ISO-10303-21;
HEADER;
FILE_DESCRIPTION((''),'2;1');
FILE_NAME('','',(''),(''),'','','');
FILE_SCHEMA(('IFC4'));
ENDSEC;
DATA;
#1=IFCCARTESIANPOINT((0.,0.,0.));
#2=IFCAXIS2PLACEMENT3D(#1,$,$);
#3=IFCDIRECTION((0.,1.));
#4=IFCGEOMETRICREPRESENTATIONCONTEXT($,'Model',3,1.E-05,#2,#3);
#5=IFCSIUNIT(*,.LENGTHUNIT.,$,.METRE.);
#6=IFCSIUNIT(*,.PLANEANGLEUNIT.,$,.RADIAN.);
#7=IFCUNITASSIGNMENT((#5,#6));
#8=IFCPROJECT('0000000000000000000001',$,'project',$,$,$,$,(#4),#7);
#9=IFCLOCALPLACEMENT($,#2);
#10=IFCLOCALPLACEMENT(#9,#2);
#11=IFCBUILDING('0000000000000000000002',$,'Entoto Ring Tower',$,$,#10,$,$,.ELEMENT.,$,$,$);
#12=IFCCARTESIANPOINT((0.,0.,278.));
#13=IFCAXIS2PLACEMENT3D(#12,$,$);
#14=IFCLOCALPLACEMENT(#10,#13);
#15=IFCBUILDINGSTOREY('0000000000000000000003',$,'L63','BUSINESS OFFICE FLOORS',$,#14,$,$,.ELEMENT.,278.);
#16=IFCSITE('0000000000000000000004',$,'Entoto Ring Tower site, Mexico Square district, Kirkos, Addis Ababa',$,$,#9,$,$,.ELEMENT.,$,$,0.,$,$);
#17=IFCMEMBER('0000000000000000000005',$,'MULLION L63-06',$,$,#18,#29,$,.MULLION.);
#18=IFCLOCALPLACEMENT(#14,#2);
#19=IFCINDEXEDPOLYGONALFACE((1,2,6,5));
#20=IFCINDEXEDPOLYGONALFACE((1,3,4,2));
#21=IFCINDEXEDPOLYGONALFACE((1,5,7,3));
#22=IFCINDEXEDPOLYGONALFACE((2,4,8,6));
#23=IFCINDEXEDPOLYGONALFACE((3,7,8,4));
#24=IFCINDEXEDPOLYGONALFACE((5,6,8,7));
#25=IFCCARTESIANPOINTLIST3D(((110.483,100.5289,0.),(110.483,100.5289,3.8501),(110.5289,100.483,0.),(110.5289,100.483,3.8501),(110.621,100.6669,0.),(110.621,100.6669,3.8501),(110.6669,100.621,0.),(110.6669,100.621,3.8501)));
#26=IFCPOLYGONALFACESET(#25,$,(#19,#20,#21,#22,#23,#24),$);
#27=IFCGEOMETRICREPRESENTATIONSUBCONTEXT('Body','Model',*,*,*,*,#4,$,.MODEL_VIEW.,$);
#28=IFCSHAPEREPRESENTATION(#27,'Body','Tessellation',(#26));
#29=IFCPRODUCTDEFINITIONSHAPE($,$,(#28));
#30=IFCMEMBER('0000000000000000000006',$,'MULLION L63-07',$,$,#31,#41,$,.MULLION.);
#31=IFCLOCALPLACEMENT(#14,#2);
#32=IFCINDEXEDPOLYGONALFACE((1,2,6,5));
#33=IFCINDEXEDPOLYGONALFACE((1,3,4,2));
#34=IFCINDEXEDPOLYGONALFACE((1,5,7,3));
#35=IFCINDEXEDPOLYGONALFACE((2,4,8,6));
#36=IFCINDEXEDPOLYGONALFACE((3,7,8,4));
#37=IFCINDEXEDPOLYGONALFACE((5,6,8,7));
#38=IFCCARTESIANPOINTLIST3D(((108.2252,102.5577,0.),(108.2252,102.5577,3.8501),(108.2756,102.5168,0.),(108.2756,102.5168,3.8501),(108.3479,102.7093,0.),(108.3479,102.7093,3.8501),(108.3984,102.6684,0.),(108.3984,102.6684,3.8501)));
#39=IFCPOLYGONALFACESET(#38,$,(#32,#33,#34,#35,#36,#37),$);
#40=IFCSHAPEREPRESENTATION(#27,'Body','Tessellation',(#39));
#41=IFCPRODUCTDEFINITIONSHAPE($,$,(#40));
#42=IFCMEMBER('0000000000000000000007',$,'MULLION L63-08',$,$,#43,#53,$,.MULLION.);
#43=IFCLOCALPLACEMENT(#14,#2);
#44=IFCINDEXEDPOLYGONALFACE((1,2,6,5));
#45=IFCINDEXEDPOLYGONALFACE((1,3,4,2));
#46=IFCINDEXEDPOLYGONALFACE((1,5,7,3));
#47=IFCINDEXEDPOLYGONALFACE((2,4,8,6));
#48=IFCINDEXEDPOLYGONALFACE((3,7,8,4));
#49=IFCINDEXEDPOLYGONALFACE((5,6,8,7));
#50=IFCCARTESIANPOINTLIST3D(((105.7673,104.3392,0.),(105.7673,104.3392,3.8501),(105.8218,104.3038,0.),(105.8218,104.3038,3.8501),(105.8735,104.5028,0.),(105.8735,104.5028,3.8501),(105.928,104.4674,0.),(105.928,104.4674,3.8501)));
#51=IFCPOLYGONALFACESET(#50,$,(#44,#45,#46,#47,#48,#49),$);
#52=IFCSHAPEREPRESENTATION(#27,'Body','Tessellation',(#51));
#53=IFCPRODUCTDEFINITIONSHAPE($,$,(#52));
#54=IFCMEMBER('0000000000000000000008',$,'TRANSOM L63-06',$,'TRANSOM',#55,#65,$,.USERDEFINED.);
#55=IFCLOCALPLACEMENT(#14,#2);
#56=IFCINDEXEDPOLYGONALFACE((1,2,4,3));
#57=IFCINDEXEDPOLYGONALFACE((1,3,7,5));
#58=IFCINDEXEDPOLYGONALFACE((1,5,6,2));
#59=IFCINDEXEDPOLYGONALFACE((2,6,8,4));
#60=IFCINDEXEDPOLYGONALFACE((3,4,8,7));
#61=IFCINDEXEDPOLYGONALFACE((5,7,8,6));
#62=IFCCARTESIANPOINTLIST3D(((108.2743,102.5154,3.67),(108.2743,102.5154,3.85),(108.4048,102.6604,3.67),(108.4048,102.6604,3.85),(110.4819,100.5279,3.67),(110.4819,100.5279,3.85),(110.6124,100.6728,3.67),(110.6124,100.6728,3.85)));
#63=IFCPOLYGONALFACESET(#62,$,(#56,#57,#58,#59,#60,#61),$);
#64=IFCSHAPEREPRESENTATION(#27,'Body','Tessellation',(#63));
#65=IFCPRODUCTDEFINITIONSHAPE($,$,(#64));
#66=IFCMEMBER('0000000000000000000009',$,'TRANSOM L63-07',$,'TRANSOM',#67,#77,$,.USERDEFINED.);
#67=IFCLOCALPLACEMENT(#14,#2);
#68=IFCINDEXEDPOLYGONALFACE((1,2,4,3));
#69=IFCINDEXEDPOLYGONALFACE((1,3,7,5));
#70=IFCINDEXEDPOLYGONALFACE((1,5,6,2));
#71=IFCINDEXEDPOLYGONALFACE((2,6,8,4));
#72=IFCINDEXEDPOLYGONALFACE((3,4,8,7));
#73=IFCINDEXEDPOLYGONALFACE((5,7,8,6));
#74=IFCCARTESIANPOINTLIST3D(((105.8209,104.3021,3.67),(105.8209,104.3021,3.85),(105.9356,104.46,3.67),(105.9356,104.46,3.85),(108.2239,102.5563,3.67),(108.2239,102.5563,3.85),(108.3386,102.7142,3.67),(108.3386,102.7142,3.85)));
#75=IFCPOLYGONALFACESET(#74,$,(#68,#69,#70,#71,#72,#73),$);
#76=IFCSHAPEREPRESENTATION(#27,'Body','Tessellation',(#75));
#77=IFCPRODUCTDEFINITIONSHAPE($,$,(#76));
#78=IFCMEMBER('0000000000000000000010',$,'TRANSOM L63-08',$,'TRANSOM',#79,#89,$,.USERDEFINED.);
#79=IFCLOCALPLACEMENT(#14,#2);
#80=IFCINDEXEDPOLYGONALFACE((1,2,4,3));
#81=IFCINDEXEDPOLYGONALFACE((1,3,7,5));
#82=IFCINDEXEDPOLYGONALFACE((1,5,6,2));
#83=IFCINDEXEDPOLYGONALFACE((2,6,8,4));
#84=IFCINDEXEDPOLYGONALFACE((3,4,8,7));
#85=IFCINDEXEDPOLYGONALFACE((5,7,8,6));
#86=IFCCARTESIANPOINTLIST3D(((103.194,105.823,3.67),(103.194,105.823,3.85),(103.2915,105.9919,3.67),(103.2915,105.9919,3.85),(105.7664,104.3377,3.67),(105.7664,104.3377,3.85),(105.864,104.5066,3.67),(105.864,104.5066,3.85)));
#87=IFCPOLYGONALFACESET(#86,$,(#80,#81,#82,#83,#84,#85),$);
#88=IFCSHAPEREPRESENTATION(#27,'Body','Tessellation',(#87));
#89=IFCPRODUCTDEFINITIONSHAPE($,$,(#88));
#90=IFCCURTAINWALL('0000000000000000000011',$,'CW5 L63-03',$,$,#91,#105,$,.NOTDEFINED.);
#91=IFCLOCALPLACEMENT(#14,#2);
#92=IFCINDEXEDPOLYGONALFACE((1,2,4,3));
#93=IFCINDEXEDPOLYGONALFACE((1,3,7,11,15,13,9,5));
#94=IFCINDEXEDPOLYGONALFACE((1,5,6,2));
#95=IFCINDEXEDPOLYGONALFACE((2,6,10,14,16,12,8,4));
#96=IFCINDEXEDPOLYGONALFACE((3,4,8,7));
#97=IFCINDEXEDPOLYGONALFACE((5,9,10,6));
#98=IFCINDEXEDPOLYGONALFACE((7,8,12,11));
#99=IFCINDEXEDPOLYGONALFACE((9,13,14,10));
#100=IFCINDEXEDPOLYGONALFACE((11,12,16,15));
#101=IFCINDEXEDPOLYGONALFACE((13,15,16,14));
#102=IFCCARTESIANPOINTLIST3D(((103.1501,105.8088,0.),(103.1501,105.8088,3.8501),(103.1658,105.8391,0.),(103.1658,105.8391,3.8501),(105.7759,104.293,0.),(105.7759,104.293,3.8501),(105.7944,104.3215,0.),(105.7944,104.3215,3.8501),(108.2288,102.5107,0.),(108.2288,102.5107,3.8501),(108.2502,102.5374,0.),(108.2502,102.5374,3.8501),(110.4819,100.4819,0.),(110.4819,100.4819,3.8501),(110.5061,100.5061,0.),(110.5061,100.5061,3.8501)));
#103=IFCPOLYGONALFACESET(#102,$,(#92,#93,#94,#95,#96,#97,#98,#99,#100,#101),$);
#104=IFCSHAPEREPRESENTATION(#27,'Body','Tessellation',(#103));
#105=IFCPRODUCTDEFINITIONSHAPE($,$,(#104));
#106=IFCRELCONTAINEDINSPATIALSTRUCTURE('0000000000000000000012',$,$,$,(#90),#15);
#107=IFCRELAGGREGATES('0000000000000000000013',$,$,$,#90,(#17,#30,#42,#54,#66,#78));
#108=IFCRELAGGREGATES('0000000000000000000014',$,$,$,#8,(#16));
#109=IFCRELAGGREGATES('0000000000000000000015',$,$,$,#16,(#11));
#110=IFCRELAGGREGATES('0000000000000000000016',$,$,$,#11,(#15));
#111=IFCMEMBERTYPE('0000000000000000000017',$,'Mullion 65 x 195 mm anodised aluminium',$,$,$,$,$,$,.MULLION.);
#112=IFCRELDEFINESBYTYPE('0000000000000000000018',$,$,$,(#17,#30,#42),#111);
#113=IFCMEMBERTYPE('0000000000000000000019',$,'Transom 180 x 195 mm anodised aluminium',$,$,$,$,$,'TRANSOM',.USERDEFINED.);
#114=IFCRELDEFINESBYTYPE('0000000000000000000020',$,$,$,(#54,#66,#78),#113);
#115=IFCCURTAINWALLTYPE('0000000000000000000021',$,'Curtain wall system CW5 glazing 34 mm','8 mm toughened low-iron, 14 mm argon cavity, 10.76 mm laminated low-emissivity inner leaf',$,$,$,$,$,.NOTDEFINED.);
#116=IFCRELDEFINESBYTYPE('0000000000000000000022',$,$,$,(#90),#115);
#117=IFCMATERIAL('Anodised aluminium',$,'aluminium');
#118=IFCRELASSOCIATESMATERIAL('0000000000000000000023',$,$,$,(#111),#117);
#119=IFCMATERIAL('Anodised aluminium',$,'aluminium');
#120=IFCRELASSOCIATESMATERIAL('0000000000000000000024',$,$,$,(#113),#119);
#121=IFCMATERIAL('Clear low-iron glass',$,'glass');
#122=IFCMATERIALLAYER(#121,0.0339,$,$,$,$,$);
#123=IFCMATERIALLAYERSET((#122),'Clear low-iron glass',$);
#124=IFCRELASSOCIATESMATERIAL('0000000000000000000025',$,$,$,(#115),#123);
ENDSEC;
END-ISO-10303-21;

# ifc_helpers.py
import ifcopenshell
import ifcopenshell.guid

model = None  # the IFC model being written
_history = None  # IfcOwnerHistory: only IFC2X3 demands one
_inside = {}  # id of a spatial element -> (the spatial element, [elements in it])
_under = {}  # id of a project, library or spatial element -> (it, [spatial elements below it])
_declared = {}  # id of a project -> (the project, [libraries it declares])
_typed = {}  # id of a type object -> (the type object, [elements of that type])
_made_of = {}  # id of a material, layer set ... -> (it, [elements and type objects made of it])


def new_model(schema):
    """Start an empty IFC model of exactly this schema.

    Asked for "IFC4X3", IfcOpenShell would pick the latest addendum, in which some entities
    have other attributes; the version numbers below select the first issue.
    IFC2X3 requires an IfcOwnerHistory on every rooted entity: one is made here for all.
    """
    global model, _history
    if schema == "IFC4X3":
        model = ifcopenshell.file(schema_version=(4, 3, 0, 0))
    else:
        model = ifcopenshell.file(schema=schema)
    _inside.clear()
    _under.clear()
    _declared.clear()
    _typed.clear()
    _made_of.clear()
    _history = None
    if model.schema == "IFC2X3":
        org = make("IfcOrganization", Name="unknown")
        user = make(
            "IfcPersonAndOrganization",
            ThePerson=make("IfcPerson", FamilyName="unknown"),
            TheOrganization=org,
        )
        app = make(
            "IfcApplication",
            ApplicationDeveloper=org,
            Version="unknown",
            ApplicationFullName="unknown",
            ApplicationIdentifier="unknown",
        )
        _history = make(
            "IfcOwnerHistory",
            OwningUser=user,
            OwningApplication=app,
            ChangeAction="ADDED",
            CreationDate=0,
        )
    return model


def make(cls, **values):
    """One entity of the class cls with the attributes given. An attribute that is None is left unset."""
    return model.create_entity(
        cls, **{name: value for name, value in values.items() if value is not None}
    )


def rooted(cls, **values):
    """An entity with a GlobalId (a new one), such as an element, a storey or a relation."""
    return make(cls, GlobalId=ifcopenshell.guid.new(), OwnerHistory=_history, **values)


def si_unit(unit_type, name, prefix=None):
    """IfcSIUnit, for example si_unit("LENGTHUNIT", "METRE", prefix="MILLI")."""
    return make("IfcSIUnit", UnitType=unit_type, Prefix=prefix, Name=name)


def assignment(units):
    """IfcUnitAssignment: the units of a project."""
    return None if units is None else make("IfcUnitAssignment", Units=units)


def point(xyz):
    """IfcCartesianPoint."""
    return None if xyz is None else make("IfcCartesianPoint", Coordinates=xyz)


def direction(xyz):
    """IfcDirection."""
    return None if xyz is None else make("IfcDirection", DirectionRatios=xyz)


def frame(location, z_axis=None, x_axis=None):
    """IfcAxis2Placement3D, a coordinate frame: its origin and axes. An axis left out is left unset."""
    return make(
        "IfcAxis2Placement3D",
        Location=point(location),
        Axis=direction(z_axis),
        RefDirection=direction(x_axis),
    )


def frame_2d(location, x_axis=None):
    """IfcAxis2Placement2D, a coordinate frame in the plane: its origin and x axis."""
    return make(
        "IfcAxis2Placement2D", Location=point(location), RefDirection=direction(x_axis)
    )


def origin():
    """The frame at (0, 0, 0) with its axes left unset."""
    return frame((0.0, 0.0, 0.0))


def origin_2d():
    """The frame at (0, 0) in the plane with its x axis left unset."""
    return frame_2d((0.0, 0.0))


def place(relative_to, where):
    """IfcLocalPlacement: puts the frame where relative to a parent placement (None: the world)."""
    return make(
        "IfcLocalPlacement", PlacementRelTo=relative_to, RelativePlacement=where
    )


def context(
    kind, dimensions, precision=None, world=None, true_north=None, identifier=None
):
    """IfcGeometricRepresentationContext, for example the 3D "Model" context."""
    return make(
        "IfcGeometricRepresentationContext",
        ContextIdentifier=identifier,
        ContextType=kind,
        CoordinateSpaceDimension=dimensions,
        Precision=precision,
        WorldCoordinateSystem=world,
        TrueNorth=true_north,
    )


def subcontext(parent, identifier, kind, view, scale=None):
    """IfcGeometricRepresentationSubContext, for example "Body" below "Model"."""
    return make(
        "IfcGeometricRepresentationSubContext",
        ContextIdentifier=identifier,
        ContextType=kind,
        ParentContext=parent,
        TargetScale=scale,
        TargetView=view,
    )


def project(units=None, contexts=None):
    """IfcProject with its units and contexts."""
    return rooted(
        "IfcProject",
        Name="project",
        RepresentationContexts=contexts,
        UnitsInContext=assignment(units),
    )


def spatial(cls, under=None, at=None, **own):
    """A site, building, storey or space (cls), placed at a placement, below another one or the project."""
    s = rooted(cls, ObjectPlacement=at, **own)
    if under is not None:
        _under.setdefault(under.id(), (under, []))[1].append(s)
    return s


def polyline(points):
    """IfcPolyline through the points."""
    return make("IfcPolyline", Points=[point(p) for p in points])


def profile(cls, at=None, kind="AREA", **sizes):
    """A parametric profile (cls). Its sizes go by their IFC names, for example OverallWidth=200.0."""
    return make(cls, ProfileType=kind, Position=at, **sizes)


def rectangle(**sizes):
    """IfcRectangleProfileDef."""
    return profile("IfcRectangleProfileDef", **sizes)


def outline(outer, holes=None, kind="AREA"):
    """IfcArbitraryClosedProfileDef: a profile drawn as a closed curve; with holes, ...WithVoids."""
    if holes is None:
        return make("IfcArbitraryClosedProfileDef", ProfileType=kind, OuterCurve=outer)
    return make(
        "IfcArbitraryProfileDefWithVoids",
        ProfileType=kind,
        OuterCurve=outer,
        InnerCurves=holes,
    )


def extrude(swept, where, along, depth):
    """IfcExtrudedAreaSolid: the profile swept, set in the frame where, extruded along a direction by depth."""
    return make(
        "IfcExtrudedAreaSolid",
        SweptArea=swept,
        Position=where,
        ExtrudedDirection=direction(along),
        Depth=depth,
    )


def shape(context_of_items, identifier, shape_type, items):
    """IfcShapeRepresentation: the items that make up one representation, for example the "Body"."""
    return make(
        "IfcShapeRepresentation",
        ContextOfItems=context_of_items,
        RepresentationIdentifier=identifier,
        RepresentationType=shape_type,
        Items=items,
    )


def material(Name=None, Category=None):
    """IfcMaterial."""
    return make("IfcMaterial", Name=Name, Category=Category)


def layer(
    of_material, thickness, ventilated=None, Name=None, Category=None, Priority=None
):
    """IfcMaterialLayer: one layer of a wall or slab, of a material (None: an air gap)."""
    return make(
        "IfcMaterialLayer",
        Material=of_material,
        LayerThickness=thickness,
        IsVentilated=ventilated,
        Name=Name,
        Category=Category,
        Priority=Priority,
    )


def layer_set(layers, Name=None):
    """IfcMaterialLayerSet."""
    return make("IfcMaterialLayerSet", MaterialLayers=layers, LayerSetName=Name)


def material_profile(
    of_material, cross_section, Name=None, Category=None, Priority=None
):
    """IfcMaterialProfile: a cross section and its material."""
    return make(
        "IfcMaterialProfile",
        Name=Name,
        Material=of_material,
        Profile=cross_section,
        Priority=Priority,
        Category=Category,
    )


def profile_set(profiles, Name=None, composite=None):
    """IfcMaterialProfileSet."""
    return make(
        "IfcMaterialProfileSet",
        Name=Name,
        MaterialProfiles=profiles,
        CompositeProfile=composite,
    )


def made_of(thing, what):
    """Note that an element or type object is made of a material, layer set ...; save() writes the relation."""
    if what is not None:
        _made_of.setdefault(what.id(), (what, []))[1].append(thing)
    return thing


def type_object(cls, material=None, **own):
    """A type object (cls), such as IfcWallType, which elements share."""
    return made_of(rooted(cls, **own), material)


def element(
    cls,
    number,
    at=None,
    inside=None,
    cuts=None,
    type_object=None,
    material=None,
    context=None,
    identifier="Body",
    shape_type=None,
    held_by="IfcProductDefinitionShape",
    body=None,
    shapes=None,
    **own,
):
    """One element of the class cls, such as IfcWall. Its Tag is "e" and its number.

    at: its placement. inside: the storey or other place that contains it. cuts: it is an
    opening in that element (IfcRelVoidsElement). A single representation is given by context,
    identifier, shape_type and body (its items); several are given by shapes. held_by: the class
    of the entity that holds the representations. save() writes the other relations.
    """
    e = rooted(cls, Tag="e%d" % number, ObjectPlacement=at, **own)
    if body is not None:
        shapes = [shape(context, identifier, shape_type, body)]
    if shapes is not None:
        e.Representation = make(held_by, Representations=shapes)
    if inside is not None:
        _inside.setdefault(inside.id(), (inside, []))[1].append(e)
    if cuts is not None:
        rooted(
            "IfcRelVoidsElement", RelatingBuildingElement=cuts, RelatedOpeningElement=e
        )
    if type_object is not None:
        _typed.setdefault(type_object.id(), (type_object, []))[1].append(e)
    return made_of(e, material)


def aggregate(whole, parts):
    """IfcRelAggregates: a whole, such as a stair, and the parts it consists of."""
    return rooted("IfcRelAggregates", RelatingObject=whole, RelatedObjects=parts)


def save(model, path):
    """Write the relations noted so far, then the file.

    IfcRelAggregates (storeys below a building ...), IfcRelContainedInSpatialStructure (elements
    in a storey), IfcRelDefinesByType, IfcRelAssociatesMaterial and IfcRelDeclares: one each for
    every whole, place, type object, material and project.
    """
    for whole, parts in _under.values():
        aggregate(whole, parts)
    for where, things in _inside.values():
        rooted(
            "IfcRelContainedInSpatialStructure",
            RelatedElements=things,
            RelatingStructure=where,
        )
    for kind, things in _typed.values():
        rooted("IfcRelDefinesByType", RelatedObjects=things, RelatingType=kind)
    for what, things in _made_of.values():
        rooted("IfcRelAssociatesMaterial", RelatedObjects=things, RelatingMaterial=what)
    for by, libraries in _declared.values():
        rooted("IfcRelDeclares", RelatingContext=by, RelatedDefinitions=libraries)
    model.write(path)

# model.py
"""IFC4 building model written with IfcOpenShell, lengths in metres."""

from ifc_helpers import new_model, si_unit, direction, frame, origin, origin_2d, place, context, subcontext, project, spatial, polyline, rectangle, outline, extrude, material, layer, layer_set, material_profile, profile_set, type_object, element, aggregate, save


model = new_model("IFC4")

# Units and contexts
model_context = context("Model", 3, precision=1e-05, world=origin(), true_north=direction((0.0, 1.0)))
body_context = subcontext(model_context, "Body", "Model", "MODEL_VIEW")
ifc_project = project(units=[si_unit("LENGTHUNIT", "METRE"), si_unit("PLANEANGLEUNIT", "RADIAN")], contexts=[model_context])

# Members
ifc_material_1 = material(Name="Anodised aluminium", Category="aluminium")
ifc_material_profile_1 = material_profile(ifc_material_1, rectangle(XDim=0.0649, YDim=0.1951, at=origin_2d()), Name="Mullion 65 x 195 mm anodised aluminium")
ifc_profile_set_1 = profile_set([ifc_material_profile_1], Name="Anodised aluminium")
member_type_1 = type_object("IfcMemberType", Name="Mullion 65 x 195 mm anodised aluminium", PredefinedType="MULLION", material=ifc_profile_set_1)
site_placement = place(None, origin())
building_placement = place(site_placement, origin())
storey_placement = place(building_placement, frame((0.0, 0.0, 278.0)))
member_1_placement = place(storey_placement, frame((110.575, 100.575, 0.0), z_axis=(0.0, 0.0, 1.0), x_axis=(-0.707107, 0.707107, 0.0)))
member_1 = element("IfcMember", 1, at=member_1_placement, type_object=member_type_1, Name="MULLION L63-06", PredefinedType="MULLION", context=body_context, shape_type="SweptSolid", body=[
    extrude(rectangle(XDim=0.0649, YDim=0.1951, at=origin_2d()), origin(), (0.0, 0.0, 1.0), 3.8501),
])
member_2_placement = place(storey_placement, frame((108.3118, 102.613, 0.0), z_axis=(0.0, 0.0, 1.0), x_axis=(-0.777146, 0.62932, 0.0)))
member_2 = element("IfcMember", 2, at=member_2_placement, type_object=member_type_1, Name="MULLION L63-07", PredefinedType="MULLION", context=body_context, shape_type="SweptSolid", body=[
    extrude(rectangle(XDim=0.0649, YDim=0.1951, at=origin_2d()), origin(), (0.0, 0.0, 1.0), 3.8501),
])
member_3_placement = place(storey_placement, frame((105.8477, 104.4033, 0.0), z_axis=(0.0, 0.0, 1.0), x_axis=(-0.838671, 0.544639, 0.0)))
member_3 = element("IfcMember", 3, at=member_3_placement, type_object=member_type_1, Name="MULLION L63-08", PredefinedType="MULLION", context=body_context, shape_type="SweptSolid", body=[
    extrude(rectangle(XDim=0.0649, YDim=0.1951, at=origin_2d()), origin(), (0.0, 0.0, 1.0), 3.8501),
])
ifc_material_2 = material(Name="Anodised aluminium", Category="aluminium")
ifc_material_profile_2 = material_profile(ifc_material_2, rectangle(XDim=0.1951, YDim=0.1799, at=origin_2d()), Name="Transom 180 x 195 mm anodised aluminium")
ifc_profile_set_2 = profile_set([ifc_material_profile_2], Name="Anodised aluminium")
member_type_2 = type_object("IfcMemberType", Name="Transom 180 x 195 mm anodised aluminium", ElementType="TRANSOM", PredefinedType="USERDEFINED", material=ifc_profile_set_2)
member_4_placement = place(storey_placement, frame((110.5471, 100.6003, 3.76), z_axis=(-0.743163, 0.66911, 0.0), x_axis=(-0.66911, -0.743163, 0.0)))
member_4 = element("IfcMember", 4, at=member_4_placement, type_object=member_type_2, Name="TRANSOM L63-06", ObjectType="TRANSOM", PredefinedType="USERDEFINED", context=body_context, shape_type="SweptSolid", body=[
    extrude(rectangle(XDim=0.1951, YDim=0.1799, at=origin_2d()), origin(), (0.0, 0.0, 1.0), 2.9705),
])
member_5_placement = place(storey_placement, frame((108.2812, 102.6353, 3.76), z_axis=(-0.809031, 0.587766, 0.0), x_axis=(-0.587766, -0.809031, 0.0)))
member_5 = element("IfcMember", 5, at=member_5_placement, type_object=member_type_2, Name="TRANSOM L63-07", ObjectType="TRANSOM", PredefinedType="USERDEFINED", context=body_context, shape_type="SweptSolid", body=[
    extrude(rectangle(XDim=0.1951, YDim=0.1799, at=origin_2d()), origin(), (0.0, 0.0, 1.0), 2.9702),
])
member_6_placement = place(storey_placement, frame((105.8152, 104.4221, 3.76), z_axis=(-0.866009, 0.500028, 0.0), x_axis=(-0.500028, -0.866009, 0.0)))
member_6 = element("IfcMember", 6, at=member_6_placement, type_object=member_type_2, Name="TRANSOM L63-08", ObjectType="TRANSOM", PredefinedType="USERDEFINED", context=body_context, shape_type="SweptSolid", body=[
    extrude(rectangle(XDim=0.1951, YDim=0.1799, at=origin_2d()), origin(), (0.0, 0.0, 1.0), 2.9705),
])

# Site, building, storey
site = spatial("IfcSite", under=ifc_project, at=site_placement, Name="Entoto Ring Tower site, Mexico Square district, Kirkos, Addis Ababa", CompositionType="ELEMENT", RefElevation=0.0)
building = spatial("IfcBuilding", under=site, at=building_placement, Name="Entoto Ring Tower", CompositionType="ELEMENT")
storey = spatial("IfcBuildingStorey", under=building, at=storey_placement, Name="L63", Description="BUSINESS OFFICE FLOORS", CompositionType="ELEMENT", Elevation=278.0)

# Curtain wall
ifc_material_3 = material(Name="Clear low-iron glass", Category="glass")
ifc_layer_1 = layer(ifc_material_3, 0.0339)
ifc_layer_set_1 = layer_set([ifc_layer_1], Name="Clear low-iron glass")
curtain_wall_type = type_object("IfcCurtainWallType", Name="Curtain wall system CW5 glazing 34 mm", Description="8 mm toughened low-iron, 14 mm argon cavity, 10.76 mm laminated low-emissivity inner leaf", PredefinedType="NOTDEFINED", material=ifc_layer_set_1)
curtain_wall_1_placement = place(storey_placement, origin())
curtain_wall_1 = element("IfcCurtainWall", 7, at=curtain_wall_1_placement, inside=storey, type_object=curtain_wall_type, Name="CW5 L63-03", PredefinedType="NOTDEFINED", context=body_context, shape_type="SweptSolid", body=[
    extrude(outline(polyline([(110.5061, 100.5061), (108.2502, 102.5374), (105.7944, 104.3215), (103.1658, 105.8391), (103.1501, 105.8088), (105.7759, 104.293), (108.2288, 102.5107), (110.4819, 100.4819), (110.5061, 100.5061)])), origin(), (0.0, 0.0, 1.0), 3.8501),
])
aggregate(curtain_wall_1, [member_1, member_2, member_3, member_4, member_5, member_6])

save(model, "model.ifc")
